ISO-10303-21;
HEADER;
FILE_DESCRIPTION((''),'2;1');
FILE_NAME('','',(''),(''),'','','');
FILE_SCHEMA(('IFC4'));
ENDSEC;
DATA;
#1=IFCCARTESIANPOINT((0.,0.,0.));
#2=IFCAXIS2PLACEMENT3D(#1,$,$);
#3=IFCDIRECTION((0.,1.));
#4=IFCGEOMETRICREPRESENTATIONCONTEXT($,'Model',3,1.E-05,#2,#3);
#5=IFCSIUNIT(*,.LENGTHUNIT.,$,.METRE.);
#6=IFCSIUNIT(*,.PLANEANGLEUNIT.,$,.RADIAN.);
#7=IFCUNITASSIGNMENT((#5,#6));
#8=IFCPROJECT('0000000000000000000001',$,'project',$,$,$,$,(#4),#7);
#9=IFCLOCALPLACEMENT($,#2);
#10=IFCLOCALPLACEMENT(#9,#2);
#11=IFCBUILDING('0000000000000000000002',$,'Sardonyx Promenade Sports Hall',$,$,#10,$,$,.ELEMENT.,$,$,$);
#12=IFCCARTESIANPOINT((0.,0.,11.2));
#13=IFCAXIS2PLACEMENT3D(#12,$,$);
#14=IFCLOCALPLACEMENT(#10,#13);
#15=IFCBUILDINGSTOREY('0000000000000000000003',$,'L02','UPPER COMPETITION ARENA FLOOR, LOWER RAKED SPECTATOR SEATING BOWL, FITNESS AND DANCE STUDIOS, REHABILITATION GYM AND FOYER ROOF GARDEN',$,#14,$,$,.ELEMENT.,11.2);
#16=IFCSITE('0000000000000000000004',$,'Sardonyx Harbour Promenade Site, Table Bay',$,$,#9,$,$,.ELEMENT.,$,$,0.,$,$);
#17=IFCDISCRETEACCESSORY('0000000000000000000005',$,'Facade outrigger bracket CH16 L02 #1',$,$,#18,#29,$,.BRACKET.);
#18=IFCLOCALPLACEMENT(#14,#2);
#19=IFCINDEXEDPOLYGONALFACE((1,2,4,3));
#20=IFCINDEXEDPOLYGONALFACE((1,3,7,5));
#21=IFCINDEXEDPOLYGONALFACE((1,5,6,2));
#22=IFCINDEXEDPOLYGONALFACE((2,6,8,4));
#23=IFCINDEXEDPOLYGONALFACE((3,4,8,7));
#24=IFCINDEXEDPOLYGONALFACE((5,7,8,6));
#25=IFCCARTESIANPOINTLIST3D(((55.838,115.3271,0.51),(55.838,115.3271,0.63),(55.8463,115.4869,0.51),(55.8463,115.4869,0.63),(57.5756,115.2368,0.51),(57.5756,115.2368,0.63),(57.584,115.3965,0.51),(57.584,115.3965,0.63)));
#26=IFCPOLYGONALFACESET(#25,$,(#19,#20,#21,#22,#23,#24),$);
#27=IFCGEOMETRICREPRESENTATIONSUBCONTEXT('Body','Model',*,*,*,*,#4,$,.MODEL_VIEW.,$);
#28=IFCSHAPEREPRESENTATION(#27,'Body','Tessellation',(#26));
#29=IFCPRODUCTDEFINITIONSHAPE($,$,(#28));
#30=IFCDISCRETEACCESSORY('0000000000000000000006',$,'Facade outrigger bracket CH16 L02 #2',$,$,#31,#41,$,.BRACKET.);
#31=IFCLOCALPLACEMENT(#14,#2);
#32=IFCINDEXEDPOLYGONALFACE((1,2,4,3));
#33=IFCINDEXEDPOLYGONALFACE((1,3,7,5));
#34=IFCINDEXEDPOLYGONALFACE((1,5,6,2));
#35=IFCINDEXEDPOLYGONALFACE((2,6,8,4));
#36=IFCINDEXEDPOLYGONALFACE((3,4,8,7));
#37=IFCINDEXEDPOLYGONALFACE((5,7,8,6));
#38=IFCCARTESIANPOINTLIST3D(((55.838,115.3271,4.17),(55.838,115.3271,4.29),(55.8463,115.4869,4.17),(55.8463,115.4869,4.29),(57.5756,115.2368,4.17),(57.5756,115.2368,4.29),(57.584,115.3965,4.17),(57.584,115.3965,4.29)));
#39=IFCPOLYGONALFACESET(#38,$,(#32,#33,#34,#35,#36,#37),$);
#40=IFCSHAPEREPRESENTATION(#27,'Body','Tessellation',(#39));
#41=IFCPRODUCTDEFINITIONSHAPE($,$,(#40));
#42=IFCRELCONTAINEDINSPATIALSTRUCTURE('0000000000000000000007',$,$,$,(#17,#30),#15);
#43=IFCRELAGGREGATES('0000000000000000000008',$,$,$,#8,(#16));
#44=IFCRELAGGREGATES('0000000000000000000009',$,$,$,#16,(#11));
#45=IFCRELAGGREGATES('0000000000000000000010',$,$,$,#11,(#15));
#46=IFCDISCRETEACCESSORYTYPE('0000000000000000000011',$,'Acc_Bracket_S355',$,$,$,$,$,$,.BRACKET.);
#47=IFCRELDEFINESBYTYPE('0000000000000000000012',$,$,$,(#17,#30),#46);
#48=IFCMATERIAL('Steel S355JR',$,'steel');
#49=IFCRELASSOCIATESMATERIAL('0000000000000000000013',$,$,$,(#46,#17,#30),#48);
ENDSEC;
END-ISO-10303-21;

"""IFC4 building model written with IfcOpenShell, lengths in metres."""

from ifc_helpers import new_model, si_unit, direction, frame, origin, place, context, subcontext, project, spatial, rectangle, extrude, material, type_object, element, save


model = new_model("IFC4")

# Units and contexts
model_context = context("Model", 3, precision=1e-05, world=origin(), true_north=direction((0.0, 1.0)))
body_context = subcontext(model_context, "Body", "Model", "MODEL_VIEW")
ifc_project = project(units=[si_unit("LENGTHUNIT", "METRE"), si_unit("PLANEANGLEUNIT", "RADIAN")], contexts=[model_context])

# Site, building, storey
site_placement = place(None, origin())
site = spatial("IfcSite", under=ifc_project, at=site_placement, Name="Sardonyx Harbour Promenade Site, Table Bay", CompositionType="ELEMENT", RefElevation=0.0)
building_placement = place(site_placement, origin())
building = spatial("IfcBuilding", under=site, at=building_placement, Name="Sardonyx Promenade Sports Hall", CompositionType="ELEMENT")
storey_placement = place(building_placement, frame((0.0, 0.0, 11.2)))
storey = spatial("IfcBuildingStorey", under=building, at=storey_placement, Name="L02", Description="UPPER COMPETITION ARENA FLOOR, LOWER RAKED SPECTATOR SEATING BOWL, FITNESS AND DANCE STUDIOS, REHABILITATION GYM AND FOYER ROOF GARDEN", CompositionType="ELEMENT", Elevation=11.2)

# Discrete accessories
ifc_material_1 = material(Name="Steel S355JR", Category="steel")
discrete_accessory_type = type_object("IfcDiscreteAccessoryType", Name="Acc_Bracket_S355", PredefinedType="BRACKET", material=ifc_material_1)
for number, where, z_axis, x_axis, name in (
    (1, (56.711, 115.3618, 0.51), (0.0, 0.0, 1.0), (0.998652, -0.051902, 0.0), "Facade outrigger bracket CH16 L02 #1"),
    (2, (56.711, 115.3618, 4.17), (0.0, 0.0, 1.0), (0.998652, -0.051902, 0.0), "Facade outrigger bracket CH16 L02 #2"),
):
    element("IfcDiscreteAccessory", number, at=place(storey_placement, frame(where, z_axis=z_axis, x_axis=x_axis)), inside=storey, type_object=discrete_accessory_type, material=ifc_material_1, Name=name, PredefinedType="BRACKET", context=body_context, shape_type="SweptSolid", body=[
        extrude(rectangle(XDim=1.74, YDim=0.16), origin(), (0.0, 0.0, 1.0), 0.12),
    ])

save(model, "model.ifc")
